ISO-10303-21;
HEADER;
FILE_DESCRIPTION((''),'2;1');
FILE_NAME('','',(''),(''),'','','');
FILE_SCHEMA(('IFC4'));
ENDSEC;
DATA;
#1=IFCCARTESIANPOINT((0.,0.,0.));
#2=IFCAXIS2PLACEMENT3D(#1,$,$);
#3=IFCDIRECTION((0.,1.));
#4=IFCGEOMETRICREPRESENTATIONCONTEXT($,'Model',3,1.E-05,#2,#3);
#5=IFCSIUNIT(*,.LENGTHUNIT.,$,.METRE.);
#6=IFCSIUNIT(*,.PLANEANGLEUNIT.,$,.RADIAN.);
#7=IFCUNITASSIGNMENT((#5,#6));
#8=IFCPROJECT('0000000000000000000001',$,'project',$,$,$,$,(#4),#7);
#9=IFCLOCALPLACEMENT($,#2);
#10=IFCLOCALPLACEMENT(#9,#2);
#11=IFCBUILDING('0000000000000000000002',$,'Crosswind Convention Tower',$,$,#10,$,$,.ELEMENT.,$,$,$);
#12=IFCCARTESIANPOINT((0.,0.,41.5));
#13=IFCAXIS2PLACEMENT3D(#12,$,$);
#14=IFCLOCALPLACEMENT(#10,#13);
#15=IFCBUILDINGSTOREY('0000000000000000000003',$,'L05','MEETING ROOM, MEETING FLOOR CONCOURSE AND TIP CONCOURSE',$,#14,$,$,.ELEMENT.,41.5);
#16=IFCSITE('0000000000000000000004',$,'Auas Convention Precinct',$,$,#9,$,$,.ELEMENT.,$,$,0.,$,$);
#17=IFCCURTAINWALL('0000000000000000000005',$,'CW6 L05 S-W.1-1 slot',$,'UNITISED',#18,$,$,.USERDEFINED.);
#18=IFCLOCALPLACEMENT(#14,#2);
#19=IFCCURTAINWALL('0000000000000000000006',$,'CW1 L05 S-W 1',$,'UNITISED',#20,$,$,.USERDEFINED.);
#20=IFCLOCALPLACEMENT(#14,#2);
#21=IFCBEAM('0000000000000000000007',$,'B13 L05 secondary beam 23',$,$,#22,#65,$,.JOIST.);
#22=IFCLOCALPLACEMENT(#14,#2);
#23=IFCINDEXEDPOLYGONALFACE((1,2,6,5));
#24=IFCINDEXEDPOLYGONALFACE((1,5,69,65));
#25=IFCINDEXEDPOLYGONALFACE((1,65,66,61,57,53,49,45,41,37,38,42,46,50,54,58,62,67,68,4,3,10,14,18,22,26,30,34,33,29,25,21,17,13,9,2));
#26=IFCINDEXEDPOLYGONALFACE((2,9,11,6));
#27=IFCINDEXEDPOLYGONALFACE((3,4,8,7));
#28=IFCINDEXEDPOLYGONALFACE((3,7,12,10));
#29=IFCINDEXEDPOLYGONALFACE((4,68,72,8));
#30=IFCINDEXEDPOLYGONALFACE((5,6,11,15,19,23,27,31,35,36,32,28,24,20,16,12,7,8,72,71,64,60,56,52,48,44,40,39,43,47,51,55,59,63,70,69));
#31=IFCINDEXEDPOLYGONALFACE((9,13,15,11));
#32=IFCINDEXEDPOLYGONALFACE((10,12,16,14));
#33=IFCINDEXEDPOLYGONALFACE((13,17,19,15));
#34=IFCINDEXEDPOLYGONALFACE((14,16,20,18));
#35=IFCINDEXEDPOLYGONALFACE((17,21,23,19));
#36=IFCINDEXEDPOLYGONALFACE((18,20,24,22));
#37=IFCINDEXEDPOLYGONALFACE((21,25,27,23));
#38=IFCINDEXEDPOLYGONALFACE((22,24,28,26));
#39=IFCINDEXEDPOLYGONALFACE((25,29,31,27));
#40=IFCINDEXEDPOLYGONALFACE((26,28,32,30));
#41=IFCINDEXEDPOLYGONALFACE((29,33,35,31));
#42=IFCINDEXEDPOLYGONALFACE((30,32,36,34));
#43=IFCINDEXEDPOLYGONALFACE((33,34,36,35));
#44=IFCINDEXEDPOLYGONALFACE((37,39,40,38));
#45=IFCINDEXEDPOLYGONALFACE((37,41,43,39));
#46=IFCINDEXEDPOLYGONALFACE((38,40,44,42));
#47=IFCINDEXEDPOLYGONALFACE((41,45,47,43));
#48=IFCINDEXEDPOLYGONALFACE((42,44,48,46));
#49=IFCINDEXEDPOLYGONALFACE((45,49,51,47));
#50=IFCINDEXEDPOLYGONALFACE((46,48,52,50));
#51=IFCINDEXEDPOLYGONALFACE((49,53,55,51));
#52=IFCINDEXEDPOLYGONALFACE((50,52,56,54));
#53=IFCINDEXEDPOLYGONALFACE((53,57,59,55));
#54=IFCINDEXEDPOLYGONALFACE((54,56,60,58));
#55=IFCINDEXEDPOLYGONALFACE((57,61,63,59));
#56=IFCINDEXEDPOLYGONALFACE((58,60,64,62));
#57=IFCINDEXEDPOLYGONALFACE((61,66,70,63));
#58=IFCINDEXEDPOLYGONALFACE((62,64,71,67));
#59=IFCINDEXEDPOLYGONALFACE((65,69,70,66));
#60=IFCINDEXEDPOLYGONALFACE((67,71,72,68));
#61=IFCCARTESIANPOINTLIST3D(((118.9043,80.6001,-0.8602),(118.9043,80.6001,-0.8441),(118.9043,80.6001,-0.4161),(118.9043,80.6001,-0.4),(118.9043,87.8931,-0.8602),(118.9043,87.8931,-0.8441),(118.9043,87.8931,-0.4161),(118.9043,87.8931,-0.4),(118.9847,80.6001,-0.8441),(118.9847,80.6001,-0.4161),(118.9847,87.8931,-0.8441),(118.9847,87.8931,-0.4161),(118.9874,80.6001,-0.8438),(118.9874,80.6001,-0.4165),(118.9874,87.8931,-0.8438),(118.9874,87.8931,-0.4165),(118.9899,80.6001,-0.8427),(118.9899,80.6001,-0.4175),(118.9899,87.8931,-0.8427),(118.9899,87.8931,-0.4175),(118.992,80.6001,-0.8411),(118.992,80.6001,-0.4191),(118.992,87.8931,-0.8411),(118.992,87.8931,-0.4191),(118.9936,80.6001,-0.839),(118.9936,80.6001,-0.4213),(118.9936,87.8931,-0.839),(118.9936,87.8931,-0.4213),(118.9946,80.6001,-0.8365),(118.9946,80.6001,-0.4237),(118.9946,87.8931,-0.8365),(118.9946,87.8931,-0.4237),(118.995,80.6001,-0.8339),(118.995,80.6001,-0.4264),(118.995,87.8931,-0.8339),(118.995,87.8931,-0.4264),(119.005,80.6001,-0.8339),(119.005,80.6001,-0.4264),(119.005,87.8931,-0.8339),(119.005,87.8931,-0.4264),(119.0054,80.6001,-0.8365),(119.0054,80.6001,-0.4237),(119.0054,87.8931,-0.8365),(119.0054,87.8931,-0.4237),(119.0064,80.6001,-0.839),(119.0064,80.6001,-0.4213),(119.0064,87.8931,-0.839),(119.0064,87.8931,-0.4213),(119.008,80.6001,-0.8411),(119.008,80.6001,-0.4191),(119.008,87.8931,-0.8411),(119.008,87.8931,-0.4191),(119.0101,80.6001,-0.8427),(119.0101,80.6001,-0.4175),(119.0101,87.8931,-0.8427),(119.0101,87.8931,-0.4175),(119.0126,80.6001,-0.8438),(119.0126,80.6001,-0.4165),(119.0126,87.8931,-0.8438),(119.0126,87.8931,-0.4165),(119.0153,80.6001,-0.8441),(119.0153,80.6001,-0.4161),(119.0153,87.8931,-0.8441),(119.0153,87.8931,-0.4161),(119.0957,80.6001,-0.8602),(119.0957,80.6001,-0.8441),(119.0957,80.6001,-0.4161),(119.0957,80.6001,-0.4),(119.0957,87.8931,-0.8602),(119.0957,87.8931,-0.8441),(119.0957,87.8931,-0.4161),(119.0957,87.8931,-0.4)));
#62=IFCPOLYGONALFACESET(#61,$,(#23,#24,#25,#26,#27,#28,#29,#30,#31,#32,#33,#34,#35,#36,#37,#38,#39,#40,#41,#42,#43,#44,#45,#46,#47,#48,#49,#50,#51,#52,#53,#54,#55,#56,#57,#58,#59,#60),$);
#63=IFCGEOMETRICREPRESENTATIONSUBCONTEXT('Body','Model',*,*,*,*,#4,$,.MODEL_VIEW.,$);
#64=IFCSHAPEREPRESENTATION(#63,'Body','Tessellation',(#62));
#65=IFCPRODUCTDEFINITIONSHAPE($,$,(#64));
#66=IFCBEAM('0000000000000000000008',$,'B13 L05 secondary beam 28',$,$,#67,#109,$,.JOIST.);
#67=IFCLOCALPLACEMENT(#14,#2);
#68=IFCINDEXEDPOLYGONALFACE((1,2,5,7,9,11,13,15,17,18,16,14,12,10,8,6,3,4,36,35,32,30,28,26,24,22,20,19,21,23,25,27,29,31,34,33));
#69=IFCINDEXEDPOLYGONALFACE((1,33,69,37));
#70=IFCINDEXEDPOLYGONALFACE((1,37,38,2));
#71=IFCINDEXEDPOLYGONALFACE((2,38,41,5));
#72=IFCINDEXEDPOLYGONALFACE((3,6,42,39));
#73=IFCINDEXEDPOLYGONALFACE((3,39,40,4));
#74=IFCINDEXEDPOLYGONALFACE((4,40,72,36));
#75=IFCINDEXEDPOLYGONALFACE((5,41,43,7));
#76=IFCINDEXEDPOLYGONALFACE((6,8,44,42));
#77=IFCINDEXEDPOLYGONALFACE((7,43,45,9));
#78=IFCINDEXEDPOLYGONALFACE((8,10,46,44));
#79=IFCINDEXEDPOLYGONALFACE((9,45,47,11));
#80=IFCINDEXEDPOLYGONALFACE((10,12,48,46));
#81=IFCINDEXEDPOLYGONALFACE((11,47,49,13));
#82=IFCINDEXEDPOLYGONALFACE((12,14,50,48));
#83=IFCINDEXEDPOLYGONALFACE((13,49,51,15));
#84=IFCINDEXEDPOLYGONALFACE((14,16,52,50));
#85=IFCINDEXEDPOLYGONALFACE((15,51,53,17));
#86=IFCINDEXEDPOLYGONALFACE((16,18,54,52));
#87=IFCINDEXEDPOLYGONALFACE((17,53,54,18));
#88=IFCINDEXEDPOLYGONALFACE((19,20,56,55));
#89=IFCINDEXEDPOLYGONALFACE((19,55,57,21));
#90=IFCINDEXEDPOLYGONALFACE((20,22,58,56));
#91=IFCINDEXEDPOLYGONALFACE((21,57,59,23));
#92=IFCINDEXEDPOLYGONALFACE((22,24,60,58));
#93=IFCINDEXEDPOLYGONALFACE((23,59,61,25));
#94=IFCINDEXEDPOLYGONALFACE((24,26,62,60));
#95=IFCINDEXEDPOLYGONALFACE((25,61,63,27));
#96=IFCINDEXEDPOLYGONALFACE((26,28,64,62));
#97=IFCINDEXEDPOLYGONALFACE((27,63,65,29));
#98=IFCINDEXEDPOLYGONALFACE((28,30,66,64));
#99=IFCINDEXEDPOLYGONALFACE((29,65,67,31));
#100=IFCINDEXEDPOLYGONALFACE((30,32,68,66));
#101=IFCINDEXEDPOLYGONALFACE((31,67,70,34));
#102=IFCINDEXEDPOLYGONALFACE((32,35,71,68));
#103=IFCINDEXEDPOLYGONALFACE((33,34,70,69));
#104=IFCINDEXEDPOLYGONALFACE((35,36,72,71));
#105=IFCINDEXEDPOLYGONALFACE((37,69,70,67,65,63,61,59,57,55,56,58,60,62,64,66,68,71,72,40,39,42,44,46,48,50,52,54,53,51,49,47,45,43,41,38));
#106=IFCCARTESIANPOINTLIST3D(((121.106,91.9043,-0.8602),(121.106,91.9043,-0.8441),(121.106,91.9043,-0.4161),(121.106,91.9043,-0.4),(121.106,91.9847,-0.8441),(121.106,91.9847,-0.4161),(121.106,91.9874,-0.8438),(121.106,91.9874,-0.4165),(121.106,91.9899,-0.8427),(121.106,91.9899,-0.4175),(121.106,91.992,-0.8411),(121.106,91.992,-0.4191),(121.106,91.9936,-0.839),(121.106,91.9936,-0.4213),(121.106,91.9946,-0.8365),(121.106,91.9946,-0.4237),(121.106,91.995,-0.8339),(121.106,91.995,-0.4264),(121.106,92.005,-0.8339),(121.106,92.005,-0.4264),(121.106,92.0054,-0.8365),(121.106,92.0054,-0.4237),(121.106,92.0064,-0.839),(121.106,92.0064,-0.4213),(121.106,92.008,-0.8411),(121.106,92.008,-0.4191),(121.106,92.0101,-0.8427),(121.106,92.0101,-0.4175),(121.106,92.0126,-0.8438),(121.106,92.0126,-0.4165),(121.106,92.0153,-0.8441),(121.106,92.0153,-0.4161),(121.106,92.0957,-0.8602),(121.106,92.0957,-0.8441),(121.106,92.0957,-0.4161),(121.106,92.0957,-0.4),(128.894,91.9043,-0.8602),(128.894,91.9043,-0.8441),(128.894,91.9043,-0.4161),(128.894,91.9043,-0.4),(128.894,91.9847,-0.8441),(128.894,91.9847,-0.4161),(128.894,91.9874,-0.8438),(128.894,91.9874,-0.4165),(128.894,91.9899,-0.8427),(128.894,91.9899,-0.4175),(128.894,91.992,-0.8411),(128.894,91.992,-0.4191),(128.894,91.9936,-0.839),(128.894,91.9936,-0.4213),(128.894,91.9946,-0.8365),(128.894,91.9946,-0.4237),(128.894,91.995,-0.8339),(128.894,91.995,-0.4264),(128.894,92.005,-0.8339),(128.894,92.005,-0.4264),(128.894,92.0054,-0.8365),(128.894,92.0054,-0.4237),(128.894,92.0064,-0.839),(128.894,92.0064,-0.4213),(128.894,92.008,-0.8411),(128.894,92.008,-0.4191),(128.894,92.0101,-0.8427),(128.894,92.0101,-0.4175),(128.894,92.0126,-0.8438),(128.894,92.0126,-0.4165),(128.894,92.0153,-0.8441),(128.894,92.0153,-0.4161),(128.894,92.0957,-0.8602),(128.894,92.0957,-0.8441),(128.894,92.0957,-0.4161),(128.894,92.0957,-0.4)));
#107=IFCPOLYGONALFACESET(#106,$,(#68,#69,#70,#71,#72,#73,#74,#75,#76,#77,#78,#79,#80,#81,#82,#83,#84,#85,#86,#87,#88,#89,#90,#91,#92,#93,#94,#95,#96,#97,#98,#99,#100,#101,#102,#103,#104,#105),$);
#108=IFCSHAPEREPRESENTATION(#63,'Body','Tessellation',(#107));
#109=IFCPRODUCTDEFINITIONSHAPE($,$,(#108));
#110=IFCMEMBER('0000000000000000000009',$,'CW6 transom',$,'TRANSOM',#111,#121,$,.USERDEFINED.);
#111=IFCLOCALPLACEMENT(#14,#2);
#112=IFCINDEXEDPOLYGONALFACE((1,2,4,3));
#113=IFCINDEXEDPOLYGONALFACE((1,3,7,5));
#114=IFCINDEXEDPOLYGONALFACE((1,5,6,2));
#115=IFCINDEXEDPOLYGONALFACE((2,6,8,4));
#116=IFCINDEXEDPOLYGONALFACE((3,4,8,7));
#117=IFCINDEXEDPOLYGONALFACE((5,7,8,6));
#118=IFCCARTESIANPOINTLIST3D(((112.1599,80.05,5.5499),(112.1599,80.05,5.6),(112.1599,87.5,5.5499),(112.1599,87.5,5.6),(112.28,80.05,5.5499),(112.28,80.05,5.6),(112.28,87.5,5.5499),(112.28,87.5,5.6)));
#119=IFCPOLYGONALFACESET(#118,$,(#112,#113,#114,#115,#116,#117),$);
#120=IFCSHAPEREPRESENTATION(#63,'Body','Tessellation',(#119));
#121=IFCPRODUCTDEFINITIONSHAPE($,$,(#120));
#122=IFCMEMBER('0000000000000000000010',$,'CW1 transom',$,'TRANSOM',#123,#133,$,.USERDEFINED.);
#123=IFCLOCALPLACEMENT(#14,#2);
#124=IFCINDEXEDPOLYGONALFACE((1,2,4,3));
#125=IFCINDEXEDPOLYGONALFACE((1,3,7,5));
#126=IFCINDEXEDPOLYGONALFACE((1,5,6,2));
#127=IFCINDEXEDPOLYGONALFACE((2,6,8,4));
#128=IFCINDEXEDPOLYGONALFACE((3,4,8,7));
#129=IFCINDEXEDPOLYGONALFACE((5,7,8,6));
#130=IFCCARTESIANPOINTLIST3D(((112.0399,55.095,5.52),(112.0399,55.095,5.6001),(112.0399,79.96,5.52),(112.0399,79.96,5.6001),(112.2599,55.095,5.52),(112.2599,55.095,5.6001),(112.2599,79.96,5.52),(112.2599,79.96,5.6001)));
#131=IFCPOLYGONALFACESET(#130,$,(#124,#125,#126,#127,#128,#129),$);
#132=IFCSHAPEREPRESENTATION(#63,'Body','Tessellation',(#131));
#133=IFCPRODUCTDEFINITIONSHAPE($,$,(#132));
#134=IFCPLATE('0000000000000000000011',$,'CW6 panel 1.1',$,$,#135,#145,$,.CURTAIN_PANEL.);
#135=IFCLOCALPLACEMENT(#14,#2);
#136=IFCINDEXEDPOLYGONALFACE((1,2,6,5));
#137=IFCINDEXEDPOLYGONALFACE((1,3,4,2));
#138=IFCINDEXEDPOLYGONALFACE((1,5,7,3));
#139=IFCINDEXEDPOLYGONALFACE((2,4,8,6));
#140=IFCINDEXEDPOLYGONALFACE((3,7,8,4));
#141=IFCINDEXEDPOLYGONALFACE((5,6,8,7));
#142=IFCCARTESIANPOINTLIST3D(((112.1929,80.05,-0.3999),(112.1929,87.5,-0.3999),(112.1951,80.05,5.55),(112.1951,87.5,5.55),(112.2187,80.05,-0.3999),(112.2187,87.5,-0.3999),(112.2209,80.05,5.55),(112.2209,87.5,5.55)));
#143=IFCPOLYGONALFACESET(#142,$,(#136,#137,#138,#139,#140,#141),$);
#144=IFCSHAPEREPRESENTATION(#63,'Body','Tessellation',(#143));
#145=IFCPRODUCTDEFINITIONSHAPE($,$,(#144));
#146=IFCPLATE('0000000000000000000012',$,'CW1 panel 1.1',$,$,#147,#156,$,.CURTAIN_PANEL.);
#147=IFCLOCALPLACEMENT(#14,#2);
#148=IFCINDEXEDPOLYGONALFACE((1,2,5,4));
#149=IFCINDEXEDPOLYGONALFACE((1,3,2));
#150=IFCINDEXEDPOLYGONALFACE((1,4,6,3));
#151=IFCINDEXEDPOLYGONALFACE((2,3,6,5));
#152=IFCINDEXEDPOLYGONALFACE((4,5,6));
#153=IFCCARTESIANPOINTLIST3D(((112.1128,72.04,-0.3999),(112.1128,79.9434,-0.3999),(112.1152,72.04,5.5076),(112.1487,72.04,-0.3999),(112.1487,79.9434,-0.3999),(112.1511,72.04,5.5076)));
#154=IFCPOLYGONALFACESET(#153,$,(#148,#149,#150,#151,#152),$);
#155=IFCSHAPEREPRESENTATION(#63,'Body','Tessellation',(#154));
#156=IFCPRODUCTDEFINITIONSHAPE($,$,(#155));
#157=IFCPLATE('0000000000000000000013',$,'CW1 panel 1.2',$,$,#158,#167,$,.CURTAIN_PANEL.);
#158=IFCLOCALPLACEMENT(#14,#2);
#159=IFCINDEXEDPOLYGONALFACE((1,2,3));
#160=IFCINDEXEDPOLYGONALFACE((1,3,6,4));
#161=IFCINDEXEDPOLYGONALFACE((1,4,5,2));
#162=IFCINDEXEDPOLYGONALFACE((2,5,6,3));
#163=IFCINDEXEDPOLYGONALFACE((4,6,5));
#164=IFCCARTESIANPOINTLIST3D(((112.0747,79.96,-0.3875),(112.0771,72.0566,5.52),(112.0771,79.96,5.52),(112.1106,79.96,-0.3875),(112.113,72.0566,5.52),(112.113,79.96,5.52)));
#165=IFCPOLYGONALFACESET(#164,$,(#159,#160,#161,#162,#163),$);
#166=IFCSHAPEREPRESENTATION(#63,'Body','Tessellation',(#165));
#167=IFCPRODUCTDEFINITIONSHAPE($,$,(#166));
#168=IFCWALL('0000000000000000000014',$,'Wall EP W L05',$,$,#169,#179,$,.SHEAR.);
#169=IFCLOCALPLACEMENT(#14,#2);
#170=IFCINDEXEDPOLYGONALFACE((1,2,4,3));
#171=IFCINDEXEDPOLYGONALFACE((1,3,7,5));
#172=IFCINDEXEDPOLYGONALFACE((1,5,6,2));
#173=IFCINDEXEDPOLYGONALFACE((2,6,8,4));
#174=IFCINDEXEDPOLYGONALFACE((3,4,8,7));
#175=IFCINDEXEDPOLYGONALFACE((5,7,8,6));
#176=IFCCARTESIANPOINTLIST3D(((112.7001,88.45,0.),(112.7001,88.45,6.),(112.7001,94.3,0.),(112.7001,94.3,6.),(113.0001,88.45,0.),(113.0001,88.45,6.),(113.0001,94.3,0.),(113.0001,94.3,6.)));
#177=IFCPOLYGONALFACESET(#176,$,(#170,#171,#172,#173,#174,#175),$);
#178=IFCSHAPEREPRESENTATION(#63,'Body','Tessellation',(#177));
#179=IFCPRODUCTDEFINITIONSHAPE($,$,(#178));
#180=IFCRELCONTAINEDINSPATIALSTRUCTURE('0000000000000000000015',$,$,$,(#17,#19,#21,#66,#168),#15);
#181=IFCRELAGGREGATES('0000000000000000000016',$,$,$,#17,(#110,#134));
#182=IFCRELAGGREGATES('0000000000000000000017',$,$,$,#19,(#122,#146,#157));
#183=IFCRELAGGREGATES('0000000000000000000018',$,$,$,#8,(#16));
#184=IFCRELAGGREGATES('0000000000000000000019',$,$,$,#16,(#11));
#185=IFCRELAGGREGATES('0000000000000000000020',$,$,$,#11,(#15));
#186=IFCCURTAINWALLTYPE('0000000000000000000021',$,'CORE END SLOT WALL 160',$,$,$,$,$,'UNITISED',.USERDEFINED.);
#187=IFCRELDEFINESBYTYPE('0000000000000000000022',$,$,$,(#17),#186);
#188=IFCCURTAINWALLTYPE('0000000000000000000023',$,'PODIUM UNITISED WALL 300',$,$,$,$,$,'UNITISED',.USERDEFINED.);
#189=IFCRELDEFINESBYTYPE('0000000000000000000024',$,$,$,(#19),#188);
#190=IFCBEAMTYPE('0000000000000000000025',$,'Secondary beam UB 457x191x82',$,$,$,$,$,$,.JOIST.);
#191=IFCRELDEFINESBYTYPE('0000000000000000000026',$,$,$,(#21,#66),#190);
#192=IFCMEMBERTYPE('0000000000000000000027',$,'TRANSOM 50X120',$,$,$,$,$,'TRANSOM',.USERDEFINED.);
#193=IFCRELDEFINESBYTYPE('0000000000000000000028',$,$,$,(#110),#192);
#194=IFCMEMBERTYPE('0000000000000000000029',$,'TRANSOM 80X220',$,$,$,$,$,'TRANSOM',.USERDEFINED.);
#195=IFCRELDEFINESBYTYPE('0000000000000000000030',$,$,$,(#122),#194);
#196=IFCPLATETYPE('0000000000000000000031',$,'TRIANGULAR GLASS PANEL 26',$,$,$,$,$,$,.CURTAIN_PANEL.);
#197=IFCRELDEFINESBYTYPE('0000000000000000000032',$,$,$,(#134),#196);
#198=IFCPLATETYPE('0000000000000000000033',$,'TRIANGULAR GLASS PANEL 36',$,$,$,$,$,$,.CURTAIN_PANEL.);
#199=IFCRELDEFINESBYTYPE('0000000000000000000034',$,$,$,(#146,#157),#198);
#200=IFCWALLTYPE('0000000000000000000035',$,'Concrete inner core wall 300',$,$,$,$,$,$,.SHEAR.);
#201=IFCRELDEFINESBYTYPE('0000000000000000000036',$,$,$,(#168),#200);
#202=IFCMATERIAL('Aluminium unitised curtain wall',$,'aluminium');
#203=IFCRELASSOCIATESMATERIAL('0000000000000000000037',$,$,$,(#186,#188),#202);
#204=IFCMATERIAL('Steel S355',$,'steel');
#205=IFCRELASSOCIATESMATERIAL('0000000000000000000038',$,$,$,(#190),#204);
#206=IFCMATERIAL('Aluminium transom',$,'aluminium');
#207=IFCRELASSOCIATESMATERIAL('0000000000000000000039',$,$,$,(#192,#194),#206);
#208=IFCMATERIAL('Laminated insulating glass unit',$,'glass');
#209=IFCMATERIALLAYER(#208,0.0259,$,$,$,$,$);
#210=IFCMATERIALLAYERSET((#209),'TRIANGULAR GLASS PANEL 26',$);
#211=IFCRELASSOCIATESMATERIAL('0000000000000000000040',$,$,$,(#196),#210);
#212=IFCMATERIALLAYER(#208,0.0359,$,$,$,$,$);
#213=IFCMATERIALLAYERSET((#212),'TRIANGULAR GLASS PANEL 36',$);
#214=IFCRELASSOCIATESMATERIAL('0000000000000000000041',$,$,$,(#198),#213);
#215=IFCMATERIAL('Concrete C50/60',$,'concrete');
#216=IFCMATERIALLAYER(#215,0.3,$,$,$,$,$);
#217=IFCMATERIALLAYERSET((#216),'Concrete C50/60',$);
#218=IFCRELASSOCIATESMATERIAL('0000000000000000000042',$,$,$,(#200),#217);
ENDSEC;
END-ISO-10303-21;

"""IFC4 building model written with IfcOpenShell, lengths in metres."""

from ifc_helpers import new_model, si_unit, direction, frame, frame_2d, origin, origin_2d, place, context, subcontext, project, spatial, polyline, rectangle, i_section, outline, extrude, material, layer, layer_set, material_profile, profile_set, type_object, element, aggregate, save


model = new_model("IFC4")

# Units and contexts
model_context = context("Model", 3, precision=1e-05, world=origin(), true_north=direction((0.0, 1.0)))
body_context = subcontext(model_context, "Body", "Model", "MODEL_VIEW")
ifc_project = project(units=[si_unit("LENGTHUNIT", "METRE"), si_unit("PLANEANGLEUNIT", "RADIAN")], contexts=[model_context])

# Site, building, storey
site_placement = place(None, origin())
site = spatial("IfcSite", under=ifc_project, at=site_placement, Name="Auas Convention Precinct", CompositionType="ELEMENT", RefElevation=0.0)
building_placement = place(site_placement, origin())
building = spatial("IfcBuilding", under=site, at=building_placement, Name="Crosswind Convention Tower", CompositionType="ELEMENT")
storey_placement = place(building_placement, frame((0.0, 0.0, 41.5)))
storey = spatial("IfcBuildingStorey", under=building, at=storey_placement, Name="L05", Description="MEETING ROOM, MEETING FLOOR CONCOURSE AND TIP CONCOURSE", CompositionType="ELEMENT", Elevation=41.5)

# Shared definitions
ifc_material_1 = material(Name="Steel S355", Category="steel")

# Curtain walls
ifc_material_2 = material(Name="Aluminium unitised curtain wall", Category="aluminium")
curtain_wall_type_1 = type_object("IfcCurtainWallType", Name="CORE END SLOT WALL 160", ElementType="UNITISED", PredefinedType="USERDEFINED", material=ifc_material_2)
curtain_wall_1_placement = place(storey_placement, origin())
curtain_wall_1 = element("IfcCurtainWall", 1, at=curtain_wall_1_placement, inside=storey, type_object=curtain_wall_type_1, Name="CW6 L05 S-W.1-1 slot", ObjectType="UNITISED", PredefinedType="USERDEFINED")
curtain_wall_type_2 = type_object("IfcCurtainWallType", Name="PODIUM UNITISED WALL 300", ElementType="UNITISED", PredefinedType="USERDEFINED", material=ifc_material_2)
curtain_wall_2_placement = place(storey_placement, origin())
curtain_wall_2 = element("IfcCurtainWall", 2, at=curtain_wall_2_placement, inside=storey, type_object=curtain_wall_type_2, Name="CW1 L05 S-W 1", ObjectType="UNITISED", PredefinedType="USERDEFINED")

# Beams
ifc_material_profile_1 = material_profile(ifc_material_1, i_section(OverallWidth=0.1914, OverallDepth=0.4602, WebThickness=0.01, FlangeThickness=0.0161, FilletRadius=0.0103, at=origin_2d()), Name="UB 457x191x82")
ifc_profile_set_1 = profile_set([ifc_material_profile_1], Name="Steel S355")
beam_type_1 = type_object("IfcBeamType", Name="Secondary beam UB 457x191x82", PredefinedType="JOIST", material=ifc_profile_set_1)
beam_1_placement = place(storey_placement, frame((119.0, 80.6001, -0.6301), z_axis=(0.0, 1.0, 0.0), x_axis=(-1.0, 0.0, 0.0)))
element("IfcBeam", 3, at=beam_1_placement, inside=storey, type_object=beam_type_1, Name="B13 L05 secondary beam 23", PredefinedType="JOIST", context=body_context, shape_type="SweptSolid", body=[
    extrude(i_section(OverallWidth=0.1914, OverallDepth=0.4602, WebThickness=0.01, FlangeThickness=0.0161, FilletRadius=0.0103, at=origin_2d()), origin(), (0.0, 0.0, 1.0), 7.293),
])
beam_2_placement = place(storey_placement, frame((121.106, 92.0, -0.6301), z_axis=(1.0, 0.0, 0.0), x_axis=(0.0, 1.0, 0.0)))
element("IfcBeam", 4, at=beam_2_placement, inside=storey, type_object=beam_type_1, Name="B13 L05 secondary beam 28", PredefinedType="JOIST", context=body_context, shape_type="SweptSolid", body=[
    extrude(i_section(OverallWidth=0.1914, OverallDepth=0.4602, WebThickness=0.01, FlangeThickness=0.0161, FilletRadius=0.0103, at=origin_2d()), origin(), (0.0, 0.0, 1.0), 7.7881),
])

# Members
ifc_material_3 = material(Name="Aluminium transom", Category="aluminium")
ifc_material_profile_2 = material_profile(ifc_material_3, rectangle(XDim=0.1201, YDim=0.05, at=origin_2d()), Name="AL 120X50")
ifc_profile_set_2 = profile_set([ifc_material_profile_2], Name="Aluminium transom")
member_type_1 = type_object("IfcMemberType", Name="TRANSOM 50X120", ElementType="TRANSOM", PredefinedType="USERDEFINED", material=ifc_profile_set_2)
member_1_placement = place(storey_placement, frame((112.22, 87.5, 5.575), z_axis=(0.0, -1.0, 0.0), x_axis=(1.0, 0.0, 0.0)))
member_1 = element("IfcMember", 5, at=member_1_placement, type_object=member_type_1, Name="CW6 transom", ObjectType="TRANSOM", PredefinedType="USERDEFINED", context=body_context, shape_type="SweptSolid", body=[
    extrude(rectangle(XDim=0.1201, YDim=0.05, at=origin_2d()), origin(), (0.0, 0.0, 1.0), 7.45),
])
ifc_material_profile_3 = material_profile(ifc_material_3, rectangle(XDim=0.22, YDim=0.0801, at=origin_2d()), Name="AL 220X80")
ifc_profile_set_3 = profile_set([ifc_material_profile_3], Name="Aluminium transom")
member_type_2 = type_object("IfcMemberType", Name="TRANSOM 80X220", ElementType="TRANSOM", PredefinedType="USERDEFINED", material=ifc_profile_set_3)
member_2_placement = place(storey_placement, frame((112.1499, 79.96, 5.5601), z_axis=(0.0, -1.0, 0.0), x_axis=(1.0, 0.0, 0.0)))
member_2 = element("IfcMember", 6, at=member_2_placement, type_object=member_type_2, Name="CW1 transom", ObjectType="TRANSOM", PredefinedType="USERDEFINED", context=body_context, shape_type="SweptSolid", body=[
    extrude(rectangle(XDim=0.22, YDim=0.0801, at=origin_2d()), origin(), (0.0, 0.0, 1.0), 24.865),
])

# Plates
ifc_material_4 = material(Name="Laminated insulating glass unit", Category="glass")
ifc_layer_1 = layer(ifc_material_4, 0.0259)
ifc_layer_set_1 = layer_set([ifc_layer_1], Name="TRIANGULAR GLASS PANEL 26")
plate_type_1 = type_object("IfcPlateType", Name="TRIANGULAR GLASS PANEL 26", PredefinedType="CURTAIN_PANEL", material=ifc_layer_set_1)
plate_1_placement = place(storey_placement, frame((112.1929, 87.5, -0.3999), z_axis=(-1.0, 0.0, 0.000369), x_axis=(0.0, -1.0, 0.0)))
plate_1 = element("IfcPlate", 7, at=plate_1_placement, type_object=plate_type_1, Name="CW6 panel 1.1", PredefinedType="CURTAIN_PANEL", context=body_context, shape_type="SweptSolid", body=[
    extrude(outline(polyline([(0.0, 0.0), (7.45, 0.0), (7.45, 5.95), (0.0, 5.95), (0.0, 0.0)])), origin(), (0.0, 0.0, -1.0), 0.0259),
])
aggregate(curtain_wall_1, [member_1, plate_1])
ifc_layer_2 = layer(ifc_material_4, 0.0359)
ifc_layer_set_2 = layer_set([ifc_layer_2], Name="TRIANGULAR GLASS PANEL 36")
plate_type_2 = type_object("IfcPlateType", Name="TRIANGULAR GLASS PANEL 36", PredefinedType="CURTAIN_PANEL", material=ifc_layer_set_2)
plate_2_placement = place(storey_placement, frame((112.1128, 72.04, -0.3999), z_axis=(-1.0, 0.0, 0.000413), x_axis=(0.000413, 0.0, 1.0)))
plate_2 = element("IfcPlate", 8, at=plate_2_placement, type_object=plate_type_2, Name="CW1 panel 1.1", PredefinedType="CURTAIN_PANEL", context=body_context, shape_type="SweptSolid", body=[
    extrude(outline(polyline([(0.0, 0.0), (5.9075, 0.0), (0.0, 7.9033), (0.0, 0.0)])), origin(), (0.0, 0.0, -1.0), 0.0359),
])
plate_3_placement = place(storey_placement, frame((112.0771, 79.96, 5.52), z_axis=(-1.0, 0.0, 0.000413), x_axis=(-0.000413, 0.0, -1.0)))
plate_3 = element("IfcPlate", 9, at=plate_3_placement, type_object=plate_type_2, Name="CW1 panel 1.2", PredefinedType="CURTAIN_PANEL", context=body_context, shape_type="SweptSolid", body=[
    extrude(outline(polyline([(0.0, 0.0), (5.9075, 0.0), (0.0, 7.9033), (0.0, 0.0)])), origin(), (0.0, 0.0, -1.0), 0.0359),
])
aggregate(curtain_wall_2, [member_2, plate_2, plate_3])

# Wall
ifc_material_5 = material(Name="Concrete C50/60", Category="concrete")
ifc_layer_3 = layer(ifc_material_5, 0.3)
ifc_layer_set_3 = layer_set([ifc_layer_3], Name="Concrete C50/60")
wall_type_1 = type_object("IfcWallType", Name="Concrete inner core wall 300", PredefinedType="SHEAR", material=ifc_layer_set_3)
wall_1_placement = place(storey_placement, frame((112.8501, 94.3, 0.0), z_axis=(0.0, 0.0, 1.0), x_axis=(0.0, -1.0, 0.0)))
element("IfcWall", 10, at=wall_1_placement, inside=storey, type_object=wall_type_1, Name="Wall EP W L05", PredefinedType="SHEAR", context=body_context, shape_type="SweptSolid", body=[
    extrude(rectangle(XDim=5.8501, YDim=0.3, at=frame_2d((2.925, 0.0))), origin(), (0.0, 0.0, 1.0), 6.0),
])

save(model, "model.ifc")
